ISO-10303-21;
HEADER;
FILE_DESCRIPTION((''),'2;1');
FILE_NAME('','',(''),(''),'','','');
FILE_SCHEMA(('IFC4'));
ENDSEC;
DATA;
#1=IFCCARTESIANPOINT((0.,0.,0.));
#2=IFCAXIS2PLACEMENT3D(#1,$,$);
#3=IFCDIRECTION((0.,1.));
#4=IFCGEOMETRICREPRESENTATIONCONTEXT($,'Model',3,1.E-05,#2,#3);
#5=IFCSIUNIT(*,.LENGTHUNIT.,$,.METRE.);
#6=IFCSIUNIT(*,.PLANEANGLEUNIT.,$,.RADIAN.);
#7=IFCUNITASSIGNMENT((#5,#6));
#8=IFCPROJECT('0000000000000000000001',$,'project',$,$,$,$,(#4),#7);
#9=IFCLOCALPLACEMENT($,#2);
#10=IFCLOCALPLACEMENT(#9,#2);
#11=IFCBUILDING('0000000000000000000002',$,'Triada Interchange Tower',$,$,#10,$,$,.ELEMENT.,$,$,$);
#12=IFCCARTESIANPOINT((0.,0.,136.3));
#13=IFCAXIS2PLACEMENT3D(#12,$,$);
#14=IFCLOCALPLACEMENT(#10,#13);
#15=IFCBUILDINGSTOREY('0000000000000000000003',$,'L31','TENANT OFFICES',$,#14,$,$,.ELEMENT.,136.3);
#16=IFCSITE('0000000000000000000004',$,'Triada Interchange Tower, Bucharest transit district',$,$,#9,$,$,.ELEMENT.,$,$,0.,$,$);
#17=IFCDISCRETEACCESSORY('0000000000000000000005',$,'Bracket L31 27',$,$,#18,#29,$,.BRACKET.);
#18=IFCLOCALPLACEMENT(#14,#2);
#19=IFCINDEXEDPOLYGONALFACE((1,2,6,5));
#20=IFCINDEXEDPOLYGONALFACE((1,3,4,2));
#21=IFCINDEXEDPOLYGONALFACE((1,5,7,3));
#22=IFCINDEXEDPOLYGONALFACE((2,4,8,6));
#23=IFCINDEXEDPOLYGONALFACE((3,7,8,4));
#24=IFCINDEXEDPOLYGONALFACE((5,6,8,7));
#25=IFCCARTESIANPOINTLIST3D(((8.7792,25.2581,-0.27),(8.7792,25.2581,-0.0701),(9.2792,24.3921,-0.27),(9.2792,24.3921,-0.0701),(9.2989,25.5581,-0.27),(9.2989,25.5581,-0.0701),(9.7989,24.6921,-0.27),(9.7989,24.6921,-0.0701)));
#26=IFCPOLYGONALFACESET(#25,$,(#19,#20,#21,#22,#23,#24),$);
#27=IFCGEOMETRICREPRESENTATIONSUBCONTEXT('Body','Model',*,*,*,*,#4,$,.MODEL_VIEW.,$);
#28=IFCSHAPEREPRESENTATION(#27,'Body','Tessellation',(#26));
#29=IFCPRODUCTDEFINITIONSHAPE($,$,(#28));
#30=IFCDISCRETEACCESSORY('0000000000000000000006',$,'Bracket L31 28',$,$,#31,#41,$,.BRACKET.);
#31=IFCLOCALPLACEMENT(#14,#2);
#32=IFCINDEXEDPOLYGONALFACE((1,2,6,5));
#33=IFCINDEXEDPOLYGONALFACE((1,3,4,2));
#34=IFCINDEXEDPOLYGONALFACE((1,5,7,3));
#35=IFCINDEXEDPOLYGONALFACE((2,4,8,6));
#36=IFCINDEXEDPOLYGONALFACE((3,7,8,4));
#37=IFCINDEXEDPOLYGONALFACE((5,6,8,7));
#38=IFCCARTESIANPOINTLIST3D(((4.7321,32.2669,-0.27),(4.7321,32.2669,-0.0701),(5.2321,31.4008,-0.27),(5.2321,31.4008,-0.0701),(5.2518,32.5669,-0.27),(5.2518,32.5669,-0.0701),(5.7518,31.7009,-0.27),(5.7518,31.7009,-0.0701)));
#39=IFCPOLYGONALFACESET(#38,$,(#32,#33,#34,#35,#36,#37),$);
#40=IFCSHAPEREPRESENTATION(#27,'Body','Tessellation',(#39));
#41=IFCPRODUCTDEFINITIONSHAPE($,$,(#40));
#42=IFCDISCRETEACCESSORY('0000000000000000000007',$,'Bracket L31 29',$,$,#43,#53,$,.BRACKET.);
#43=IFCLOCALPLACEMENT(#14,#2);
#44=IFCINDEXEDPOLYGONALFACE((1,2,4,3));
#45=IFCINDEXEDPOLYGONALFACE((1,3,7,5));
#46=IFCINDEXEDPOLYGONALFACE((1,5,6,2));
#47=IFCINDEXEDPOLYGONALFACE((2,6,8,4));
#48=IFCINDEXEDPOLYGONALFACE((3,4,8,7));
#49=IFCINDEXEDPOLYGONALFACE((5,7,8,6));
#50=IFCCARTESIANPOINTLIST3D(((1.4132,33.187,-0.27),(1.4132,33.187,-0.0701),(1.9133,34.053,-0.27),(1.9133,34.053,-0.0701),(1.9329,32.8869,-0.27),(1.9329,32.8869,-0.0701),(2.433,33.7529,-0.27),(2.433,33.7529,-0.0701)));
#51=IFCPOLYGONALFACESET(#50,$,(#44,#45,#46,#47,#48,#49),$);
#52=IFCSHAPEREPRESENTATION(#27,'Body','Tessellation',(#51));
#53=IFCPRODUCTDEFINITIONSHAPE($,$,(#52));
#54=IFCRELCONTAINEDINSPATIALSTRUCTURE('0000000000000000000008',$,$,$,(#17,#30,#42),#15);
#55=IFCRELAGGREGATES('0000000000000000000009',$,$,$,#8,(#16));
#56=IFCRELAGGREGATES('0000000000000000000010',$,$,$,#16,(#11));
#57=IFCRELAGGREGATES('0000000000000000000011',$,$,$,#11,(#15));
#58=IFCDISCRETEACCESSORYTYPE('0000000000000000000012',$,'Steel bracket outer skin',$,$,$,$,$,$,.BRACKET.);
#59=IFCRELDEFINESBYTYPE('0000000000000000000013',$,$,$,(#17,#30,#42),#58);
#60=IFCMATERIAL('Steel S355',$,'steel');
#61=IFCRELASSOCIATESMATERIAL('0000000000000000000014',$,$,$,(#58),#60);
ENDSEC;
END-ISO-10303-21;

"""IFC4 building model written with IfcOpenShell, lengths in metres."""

from ifc_helpers import new_model, si_unit, direction, frame, origin, origin_2d, place, context, subcontext, project, spatial, rectangle, extrude, material, type_object, element, save


model = new_model("IFC4")

# Units and contexts
model_context = context("Model", 3, precision=1e-05, world=origin(), true_north=direction((0.0, 1.0)))
body_context = subcontext(model_context, "Body", "Model", "MODEL_VIEW")
ifc_project = project(units=[si_unit("LENGTHUNIT", "METRE"), si_unit("PLANEANGLEUNIT", "RADIAN")], contexts=[model_context])

# Site, building, storey
site_placement = place(None, origin())
site = spatial("IfcSite", under=ifc_project, at=site_placement, Name="Triada Interchange Tower, Bucharest transit district", CompositionType="ELEMENT", RefElevation=0.0)
building_placement = place(site_placement, origin())
building = spatial("IfcBuilding", under=site, at=building_placement, Name="Triada Interchange Tower", CompositionType="ELEMENT")
storey_placement = place(building_placement, frame((0.0, 0.0, 136.3)))
storey = spatial("IfcBuildingStorey", under=building, at=storey_placement, Name="L31", Description="TENANT OFFICES", CompositionType="ELEMENT", Elevation=136.3)

# Discrete accessories
ifc_material_1 = material(Name="Steel S355", Category="steel")
discrete_accessory_type = type_object("IfcDiscreteAccessoryType", Name="Steel bracket outer skin", PredefinedType="BRACKET", material=ifc_material_1)
for number, where, z_axis, x_axis, name in (
    (1, (9.2891, 24.9751, -0.27), (0.0, 0.0, 1.0), (0.866023, 0.500004, 0.0), "Bracket L31 27"),
    (2, (5.2419, 31.9839, -0.27), (0.0, 0.0, 1.0), (0.866023, 0.500004, 0.0), "Bracket L31 28"),
    (3, (1.9231, 33.47, -0.27), (0.0, 0.0, 1.0), (-0.86599, 0.500061, 0.0), "Bracket L31 29"),
):
    element("IfcDiscreteAccessory", number, at=place(storey_placement, frame(where, z_axis=z_axis, x_axis=x_axis)), inside=storey, type_object=discrete_accessory_type, Name=name, PredefinedType="BRACKET", context=body_context, shape_type="SweptSolid", body=[
        extrude(rectangle(XDim=0.6001, YDim=1.0, at=origin_2d()), origin(), (0.0, 0.0, 1.0), 0.2),
    ])

save(model, "model.ifc")
